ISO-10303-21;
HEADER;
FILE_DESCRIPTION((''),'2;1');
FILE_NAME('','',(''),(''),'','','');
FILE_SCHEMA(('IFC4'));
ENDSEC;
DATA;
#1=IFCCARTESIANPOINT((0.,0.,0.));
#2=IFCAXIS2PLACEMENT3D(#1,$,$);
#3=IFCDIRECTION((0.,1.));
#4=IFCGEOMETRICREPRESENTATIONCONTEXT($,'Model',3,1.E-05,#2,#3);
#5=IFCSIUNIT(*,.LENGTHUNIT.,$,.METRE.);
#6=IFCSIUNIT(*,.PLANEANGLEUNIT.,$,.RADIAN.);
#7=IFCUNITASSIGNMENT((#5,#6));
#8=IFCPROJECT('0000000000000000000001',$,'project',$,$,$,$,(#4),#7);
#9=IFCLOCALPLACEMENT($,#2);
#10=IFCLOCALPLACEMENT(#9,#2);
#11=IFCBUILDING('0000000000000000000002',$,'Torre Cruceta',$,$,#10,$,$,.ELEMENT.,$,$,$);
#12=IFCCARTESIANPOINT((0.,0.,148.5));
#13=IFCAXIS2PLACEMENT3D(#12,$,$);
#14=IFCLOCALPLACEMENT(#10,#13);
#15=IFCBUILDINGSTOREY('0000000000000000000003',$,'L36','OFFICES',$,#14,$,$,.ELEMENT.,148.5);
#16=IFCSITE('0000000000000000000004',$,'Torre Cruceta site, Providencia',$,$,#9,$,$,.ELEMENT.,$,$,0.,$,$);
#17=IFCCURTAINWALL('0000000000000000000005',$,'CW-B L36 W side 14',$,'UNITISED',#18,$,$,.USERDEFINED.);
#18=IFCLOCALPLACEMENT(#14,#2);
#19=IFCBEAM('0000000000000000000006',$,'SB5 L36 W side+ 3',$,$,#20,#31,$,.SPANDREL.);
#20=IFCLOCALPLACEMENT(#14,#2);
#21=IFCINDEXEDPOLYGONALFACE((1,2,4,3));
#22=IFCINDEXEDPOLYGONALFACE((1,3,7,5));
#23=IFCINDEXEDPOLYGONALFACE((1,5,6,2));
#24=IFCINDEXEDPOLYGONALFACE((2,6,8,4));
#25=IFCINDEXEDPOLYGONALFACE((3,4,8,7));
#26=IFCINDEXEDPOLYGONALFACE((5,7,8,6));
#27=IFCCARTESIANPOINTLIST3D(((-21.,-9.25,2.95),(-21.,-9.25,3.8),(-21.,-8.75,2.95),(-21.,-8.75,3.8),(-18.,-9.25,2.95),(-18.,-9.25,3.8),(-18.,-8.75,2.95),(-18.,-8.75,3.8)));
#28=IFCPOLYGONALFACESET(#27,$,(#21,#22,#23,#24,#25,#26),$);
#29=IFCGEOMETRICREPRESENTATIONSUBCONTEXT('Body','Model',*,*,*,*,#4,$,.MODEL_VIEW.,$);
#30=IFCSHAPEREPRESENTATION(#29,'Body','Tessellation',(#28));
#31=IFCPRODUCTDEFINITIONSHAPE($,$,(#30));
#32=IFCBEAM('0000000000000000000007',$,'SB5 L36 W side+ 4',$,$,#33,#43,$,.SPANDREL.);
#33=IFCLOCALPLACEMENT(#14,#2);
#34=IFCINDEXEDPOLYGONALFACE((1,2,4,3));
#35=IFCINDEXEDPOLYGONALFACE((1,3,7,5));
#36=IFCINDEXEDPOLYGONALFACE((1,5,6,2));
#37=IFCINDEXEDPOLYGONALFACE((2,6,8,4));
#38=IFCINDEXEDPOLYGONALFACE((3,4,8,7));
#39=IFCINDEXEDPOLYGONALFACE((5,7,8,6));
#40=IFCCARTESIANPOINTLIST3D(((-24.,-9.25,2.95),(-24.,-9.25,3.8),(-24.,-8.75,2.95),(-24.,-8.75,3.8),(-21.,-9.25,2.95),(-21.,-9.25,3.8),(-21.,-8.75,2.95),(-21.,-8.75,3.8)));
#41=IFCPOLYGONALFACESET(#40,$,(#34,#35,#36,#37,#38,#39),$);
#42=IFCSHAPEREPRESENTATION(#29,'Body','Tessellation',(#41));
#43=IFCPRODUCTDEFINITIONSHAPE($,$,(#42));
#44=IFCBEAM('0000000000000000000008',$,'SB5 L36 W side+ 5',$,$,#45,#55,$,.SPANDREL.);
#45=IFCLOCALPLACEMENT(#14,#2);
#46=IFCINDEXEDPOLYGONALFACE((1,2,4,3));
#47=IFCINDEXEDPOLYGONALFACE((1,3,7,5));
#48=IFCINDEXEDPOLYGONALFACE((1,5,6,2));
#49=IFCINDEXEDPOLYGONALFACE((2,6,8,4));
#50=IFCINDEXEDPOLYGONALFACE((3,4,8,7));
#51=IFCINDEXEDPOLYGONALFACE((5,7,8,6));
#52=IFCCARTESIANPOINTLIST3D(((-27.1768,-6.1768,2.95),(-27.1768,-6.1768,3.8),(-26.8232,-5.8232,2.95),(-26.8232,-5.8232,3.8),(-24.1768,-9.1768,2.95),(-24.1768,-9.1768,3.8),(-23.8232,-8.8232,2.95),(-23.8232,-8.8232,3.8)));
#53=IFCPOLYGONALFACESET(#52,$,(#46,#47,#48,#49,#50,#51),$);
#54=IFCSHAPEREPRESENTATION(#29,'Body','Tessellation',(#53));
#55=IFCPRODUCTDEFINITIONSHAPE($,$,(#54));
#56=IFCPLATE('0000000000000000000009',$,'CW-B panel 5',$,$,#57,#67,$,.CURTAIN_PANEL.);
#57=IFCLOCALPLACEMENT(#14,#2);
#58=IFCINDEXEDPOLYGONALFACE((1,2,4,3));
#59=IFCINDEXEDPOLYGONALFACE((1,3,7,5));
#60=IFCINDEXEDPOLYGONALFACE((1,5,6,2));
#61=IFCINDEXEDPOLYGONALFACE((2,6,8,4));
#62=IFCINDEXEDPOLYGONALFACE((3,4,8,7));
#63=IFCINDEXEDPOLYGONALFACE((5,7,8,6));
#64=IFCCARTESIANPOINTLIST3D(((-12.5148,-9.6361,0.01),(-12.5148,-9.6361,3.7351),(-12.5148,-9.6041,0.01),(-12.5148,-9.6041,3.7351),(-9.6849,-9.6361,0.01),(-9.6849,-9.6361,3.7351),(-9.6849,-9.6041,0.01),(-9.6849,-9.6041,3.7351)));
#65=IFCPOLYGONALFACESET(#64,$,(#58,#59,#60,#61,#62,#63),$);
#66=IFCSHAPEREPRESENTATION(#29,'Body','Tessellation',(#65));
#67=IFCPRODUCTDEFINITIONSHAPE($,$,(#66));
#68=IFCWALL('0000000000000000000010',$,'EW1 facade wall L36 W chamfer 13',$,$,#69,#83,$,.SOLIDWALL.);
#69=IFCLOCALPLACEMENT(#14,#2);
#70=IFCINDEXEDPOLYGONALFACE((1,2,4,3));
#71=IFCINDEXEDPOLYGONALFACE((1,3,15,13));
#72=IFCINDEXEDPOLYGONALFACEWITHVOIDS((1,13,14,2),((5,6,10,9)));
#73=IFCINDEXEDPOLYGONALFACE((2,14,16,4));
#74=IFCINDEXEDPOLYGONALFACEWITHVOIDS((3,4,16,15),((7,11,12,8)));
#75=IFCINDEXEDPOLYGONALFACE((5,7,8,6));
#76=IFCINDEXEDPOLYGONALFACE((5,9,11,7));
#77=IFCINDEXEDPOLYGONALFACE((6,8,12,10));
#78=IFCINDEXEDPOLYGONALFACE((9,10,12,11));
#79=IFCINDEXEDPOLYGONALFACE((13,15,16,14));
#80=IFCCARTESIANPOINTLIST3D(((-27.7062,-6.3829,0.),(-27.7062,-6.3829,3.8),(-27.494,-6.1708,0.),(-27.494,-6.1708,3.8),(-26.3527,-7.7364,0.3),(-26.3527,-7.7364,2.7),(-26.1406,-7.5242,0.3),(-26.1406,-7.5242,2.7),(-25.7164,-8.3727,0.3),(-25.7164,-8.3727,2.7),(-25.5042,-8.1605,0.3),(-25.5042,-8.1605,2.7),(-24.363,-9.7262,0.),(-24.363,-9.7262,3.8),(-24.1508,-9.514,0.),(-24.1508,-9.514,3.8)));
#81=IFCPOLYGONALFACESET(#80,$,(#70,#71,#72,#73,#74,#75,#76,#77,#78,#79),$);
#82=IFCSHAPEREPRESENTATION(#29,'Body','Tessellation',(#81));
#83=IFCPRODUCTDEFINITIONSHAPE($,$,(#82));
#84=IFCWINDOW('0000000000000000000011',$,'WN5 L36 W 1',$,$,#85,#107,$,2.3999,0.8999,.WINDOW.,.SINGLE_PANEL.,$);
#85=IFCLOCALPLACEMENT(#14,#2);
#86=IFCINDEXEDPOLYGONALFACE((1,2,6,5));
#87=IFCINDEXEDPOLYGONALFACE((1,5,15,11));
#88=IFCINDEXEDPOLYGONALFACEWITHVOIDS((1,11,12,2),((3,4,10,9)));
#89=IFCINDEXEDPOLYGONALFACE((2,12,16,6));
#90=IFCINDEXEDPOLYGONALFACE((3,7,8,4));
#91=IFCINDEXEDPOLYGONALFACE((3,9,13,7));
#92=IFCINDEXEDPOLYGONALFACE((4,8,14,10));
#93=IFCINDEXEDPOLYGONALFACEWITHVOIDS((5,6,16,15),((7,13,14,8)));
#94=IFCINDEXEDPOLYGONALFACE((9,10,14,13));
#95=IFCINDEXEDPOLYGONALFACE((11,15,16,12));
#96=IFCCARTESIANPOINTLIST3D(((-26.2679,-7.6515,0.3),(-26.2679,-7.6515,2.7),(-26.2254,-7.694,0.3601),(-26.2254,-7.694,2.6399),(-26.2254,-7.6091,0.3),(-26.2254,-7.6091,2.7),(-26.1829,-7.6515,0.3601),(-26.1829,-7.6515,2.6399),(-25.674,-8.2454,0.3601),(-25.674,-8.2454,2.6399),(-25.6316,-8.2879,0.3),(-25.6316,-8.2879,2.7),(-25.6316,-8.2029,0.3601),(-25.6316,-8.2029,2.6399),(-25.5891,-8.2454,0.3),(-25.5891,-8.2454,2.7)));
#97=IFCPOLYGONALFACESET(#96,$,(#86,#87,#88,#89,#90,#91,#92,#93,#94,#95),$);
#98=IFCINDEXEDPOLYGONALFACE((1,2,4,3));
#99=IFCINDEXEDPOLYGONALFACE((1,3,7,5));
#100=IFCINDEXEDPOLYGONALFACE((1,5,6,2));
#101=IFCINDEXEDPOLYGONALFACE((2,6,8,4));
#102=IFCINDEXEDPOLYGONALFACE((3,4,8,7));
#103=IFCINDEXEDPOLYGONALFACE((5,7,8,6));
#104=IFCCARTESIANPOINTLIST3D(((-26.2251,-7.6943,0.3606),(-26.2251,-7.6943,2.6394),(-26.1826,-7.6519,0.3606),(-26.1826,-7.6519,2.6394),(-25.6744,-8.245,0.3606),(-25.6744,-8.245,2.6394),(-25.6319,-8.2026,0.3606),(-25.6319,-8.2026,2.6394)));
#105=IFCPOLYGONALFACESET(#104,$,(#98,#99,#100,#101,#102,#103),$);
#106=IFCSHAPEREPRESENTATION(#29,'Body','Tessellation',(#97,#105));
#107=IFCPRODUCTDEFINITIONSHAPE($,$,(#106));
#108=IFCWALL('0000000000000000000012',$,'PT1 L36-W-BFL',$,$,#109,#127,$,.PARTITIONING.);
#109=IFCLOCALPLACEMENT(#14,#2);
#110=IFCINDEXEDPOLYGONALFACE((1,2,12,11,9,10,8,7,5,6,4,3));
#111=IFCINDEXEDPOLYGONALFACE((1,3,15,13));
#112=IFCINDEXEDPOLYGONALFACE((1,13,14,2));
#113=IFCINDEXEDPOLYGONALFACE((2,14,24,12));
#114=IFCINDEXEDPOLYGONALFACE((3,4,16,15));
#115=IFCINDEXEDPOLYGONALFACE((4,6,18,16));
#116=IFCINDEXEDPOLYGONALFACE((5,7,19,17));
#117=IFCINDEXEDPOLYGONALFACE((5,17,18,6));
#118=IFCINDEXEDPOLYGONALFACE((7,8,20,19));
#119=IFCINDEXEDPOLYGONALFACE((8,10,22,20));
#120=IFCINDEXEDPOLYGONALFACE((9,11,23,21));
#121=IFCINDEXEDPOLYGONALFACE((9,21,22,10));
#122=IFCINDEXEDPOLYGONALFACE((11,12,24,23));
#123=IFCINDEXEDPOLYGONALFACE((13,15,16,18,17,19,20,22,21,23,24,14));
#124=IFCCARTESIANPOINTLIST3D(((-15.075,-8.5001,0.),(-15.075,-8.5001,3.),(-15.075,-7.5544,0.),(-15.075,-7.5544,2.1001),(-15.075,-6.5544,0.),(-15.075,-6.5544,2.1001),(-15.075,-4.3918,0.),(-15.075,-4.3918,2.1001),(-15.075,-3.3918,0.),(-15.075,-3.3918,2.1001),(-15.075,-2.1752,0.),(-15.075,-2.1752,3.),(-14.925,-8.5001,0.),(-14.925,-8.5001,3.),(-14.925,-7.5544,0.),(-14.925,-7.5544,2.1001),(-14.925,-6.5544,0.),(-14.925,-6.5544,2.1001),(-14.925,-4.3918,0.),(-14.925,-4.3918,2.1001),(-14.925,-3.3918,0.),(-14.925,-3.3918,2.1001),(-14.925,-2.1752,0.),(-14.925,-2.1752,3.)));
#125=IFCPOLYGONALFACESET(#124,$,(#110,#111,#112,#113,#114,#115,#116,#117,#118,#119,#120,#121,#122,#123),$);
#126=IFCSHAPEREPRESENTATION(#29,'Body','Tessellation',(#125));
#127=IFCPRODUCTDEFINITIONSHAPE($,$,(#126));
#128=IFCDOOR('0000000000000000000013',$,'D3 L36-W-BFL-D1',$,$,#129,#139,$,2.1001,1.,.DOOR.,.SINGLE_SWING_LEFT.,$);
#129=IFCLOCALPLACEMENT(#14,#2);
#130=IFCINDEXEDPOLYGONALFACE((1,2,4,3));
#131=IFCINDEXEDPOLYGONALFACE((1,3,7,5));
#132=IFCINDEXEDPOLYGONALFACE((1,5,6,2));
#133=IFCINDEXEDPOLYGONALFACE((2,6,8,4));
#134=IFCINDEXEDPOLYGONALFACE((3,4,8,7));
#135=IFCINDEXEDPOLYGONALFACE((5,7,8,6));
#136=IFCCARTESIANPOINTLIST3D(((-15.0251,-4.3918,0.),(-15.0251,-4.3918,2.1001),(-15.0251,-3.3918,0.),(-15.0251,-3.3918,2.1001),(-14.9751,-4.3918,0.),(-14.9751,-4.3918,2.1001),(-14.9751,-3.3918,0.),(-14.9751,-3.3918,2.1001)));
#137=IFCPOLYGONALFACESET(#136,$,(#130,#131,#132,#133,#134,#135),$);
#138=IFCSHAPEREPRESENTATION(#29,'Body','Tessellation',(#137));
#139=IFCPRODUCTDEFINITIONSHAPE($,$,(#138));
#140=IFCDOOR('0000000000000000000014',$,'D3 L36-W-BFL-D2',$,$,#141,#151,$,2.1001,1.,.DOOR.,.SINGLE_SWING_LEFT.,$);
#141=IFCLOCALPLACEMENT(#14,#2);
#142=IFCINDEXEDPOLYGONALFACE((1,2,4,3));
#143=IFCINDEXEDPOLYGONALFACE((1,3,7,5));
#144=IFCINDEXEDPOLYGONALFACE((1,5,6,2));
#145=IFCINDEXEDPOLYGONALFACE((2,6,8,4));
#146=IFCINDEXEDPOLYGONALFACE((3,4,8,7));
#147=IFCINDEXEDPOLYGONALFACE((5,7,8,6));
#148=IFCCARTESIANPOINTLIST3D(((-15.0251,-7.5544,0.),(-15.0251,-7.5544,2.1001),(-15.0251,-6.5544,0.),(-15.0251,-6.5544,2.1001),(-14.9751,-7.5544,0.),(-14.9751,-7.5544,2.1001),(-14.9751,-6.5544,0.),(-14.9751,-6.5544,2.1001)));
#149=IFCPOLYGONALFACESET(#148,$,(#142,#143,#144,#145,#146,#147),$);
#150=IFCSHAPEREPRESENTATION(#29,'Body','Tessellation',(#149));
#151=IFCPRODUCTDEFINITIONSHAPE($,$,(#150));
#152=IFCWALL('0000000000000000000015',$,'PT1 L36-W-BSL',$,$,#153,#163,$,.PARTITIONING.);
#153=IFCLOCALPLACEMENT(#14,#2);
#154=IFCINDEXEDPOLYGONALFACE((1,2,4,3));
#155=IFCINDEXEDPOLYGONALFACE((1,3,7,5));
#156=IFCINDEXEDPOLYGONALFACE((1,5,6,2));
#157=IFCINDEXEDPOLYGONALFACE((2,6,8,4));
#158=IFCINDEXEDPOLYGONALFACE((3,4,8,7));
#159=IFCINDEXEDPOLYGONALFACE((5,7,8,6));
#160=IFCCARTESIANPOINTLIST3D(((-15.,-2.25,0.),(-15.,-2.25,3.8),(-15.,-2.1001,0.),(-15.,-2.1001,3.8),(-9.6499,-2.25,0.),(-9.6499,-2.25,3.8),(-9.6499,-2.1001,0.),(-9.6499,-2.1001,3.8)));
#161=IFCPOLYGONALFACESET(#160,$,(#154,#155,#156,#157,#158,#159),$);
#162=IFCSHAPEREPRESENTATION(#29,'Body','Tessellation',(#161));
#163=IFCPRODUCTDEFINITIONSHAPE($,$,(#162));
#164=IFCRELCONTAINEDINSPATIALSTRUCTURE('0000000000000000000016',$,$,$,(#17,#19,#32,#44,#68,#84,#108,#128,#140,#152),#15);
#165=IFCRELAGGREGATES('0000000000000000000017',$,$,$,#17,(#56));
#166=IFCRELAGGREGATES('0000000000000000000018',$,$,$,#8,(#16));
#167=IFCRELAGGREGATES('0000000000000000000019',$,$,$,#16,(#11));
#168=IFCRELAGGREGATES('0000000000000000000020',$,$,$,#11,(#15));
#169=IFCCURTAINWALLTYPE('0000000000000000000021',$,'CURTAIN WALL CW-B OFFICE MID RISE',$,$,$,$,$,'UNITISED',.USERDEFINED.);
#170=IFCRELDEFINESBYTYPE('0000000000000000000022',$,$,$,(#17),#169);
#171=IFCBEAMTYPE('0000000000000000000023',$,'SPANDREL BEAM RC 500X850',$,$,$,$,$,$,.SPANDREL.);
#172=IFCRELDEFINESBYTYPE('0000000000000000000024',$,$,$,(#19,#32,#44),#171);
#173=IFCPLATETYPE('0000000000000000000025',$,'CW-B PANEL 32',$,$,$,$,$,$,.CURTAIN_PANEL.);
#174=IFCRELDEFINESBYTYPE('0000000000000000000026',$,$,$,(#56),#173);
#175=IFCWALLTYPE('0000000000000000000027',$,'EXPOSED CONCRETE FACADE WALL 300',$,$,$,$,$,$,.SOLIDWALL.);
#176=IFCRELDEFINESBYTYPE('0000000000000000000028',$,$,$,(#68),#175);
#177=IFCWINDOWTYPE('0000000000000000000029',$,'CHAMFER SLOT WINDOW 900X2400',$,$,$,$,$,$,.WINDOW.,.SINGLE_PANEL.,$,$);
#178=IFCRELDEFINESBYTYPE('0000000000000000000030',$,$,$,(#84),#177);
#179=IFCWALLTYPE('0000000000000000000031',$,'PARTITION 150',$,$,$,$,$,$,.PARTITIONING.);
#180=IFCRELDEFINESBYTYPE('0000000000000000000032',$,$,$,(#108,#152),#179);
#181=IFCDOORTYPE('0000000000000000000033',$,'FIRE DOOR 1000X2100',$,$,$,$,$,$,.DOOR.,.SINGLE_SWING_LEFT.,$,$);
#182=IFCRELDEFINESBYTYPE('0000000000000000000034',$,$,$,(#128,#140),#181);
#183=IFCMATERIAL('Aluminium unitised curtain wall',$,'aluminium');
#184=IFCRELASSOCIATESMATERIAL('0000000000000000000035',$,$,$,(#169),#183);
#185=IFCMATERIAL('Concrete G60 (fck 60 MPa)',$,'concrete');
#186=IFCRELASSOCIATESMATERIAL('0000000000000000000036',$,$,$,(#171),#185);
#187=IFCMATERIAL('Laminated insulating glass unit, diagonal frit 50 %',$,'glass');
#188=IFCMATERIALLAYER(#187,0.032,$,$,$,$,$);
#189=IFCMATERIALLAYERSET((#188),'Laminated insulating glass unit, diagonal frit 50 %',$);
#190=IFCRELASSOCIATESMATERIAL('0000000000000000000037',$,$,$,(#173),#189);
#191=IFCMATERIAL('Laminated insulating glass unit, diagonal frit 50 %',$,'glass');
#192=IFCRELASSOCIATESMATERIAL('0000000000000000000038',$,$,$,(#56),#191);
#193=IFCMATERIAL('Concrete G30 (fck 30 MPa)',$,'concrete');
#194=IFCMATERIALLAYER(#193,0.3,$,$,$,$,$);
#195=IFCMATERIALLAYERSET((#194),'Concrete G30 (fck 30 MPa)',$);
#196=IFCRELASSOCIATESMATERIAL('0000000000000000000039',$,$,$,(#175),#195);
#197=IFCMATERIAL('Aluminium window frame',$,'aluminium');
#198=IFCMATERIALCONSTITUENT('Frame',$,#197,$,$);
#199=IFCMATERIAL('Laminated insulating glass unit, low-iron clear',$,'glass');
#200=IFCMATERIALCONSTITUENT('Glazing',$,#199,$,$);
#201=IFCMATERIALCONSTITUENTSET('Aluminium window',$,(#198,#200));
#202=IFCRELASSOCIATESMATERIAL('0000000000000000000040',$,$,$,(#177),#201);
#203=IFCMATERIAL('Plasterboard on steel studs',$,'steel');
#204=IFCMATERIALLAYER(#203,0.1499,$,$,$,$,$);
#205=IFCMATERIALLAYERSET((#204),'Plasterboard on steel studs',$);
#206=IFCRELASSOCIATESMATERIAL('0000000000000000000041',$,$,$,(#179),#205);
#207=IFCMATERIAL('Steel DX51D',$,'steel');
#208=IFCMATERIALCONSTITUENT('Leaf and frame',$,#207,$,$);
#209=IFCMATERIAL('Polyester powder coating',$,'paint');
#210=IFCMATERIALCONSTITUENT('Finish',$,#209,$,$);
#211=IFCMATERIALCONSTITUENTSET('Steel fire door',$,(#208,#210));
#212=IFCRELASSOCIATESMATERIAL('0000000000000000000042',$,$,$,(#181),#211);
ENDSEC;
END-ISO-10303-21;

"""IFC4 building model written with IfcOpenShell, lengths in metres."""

from ifc_helpers import new_model, si_unit, direction, frame, frame_2d, origin, origin_2d, place, context, subcontext, project, spatial, rectangle, hollow_rectangle, extrude, material, layer, layer_set, constituent, constituent_set, material_profile, profile_set, type_object, element, fill, aggregate, save


model = new_model("IFC4")

# Units and contexts
model_context = context("Model", 3, precision=1e-05, world=origin(), true_north=direction((0.0, 1.0)))
body_context = subcontext(model_context, "Body", "Model", "MODEL_VIEW")
ifc_project = project(units=[si_unit("LENGTHUNIT", "METRE"), si_unit("PLANEANGLEUNIT", "RADIAN")], contexts=[model_context])

# Site, building, storey
site_placement = place(None, origin())
site = spatial("IfcSite", under=ifc_project, at=site_placement, Name="Torre Cruceta site, Providencia", CompositionType="ELEMENT", RefElevation=0.0)
building_placement = place(site_placement, origin())
building = spatial("IfcBuilding", under=site, at=building_placement, Name="Torre Cruceta", CompositionType="ELEMENT")
storey_placement = place(building_placement, frame((0.0, 0.0, 148.5)))
storey = spatial("IfcBuildingStorey", under=building, at=storey_placement, Name="L36", Description="OFFICES", CompositionType="ELEMENT", Elevation=148.5)

# Curtain wall
ifc_material_1 = material(Name="Aluminium unitised curtain wall", Category="aluminium")
curtain_wall_type = type_object("IfcCurtainWallType", Name="CURTAIN WALL CW-B OFFICE MID RISE", ElementType="UNITISED", PredefinedType="USERDEFINED", material=ifc_material_1)
curtain_wall_placement = place(storey_placement, origin())
curtain_wall = element("IfcCurtainWall", 1, at=curtain_wall_placement, inside=storey, type_object=curtain_wall_type, Name="CW-B L36 W side 14", ObjectType="UNITISED", PredefinedType="USERDEFINED")

# Beams
ifc_material_2 = material(Name="Concrete G60 (fck 60 MPa)", Category="concrete")
ifc_material_profile_1 = material_profile(ifc_material_2, rectangle(XDim=0.5, YDim=0.8501, at=origin_2d()), Name="RC 500X850")
ifc_profile_set_1 = profile_set([ifc_material_profile_1], Name="Concrete G60 (fck 60 MPa)")
beam_type_1 = type_object("IfcBeamType", Name="SPANDREL BEAM RC 500X850", PredefinedType="SPANDREL", material=ifc_profile_set_1)
for number, where, z_axis, x_axis, name in (
    (2, (-18.0, -9.0, 3.375), (-1.0, 0.0, 0.0), (0.0, -1.0, 0.0), "SB5 L36 W side+ 3"),
    (3, (-21.0, -9.0, 3.375), (-1.0, 0.0, 0.0), (0.0, -1.0, 0.0), "SB5 L36 W side+ 4"),
):
    element("IfcBeam", number, at=place(storey_placement, frame(where, z_axis=z_axis, x_axis=x_axis)), inside=storey, type_object=beam_type_1, Name=name, PredefinedType="SPANDREL", context=body_context, shape_type="SweptSolid", body=[
        extrude(rectangle(XDim=0.5, YDim=0.8501, at=origin_2d()), origin(), (0.0, 0.0, 1.0), 3.0),
    ])
beam_1_placement = place(storey_placement, frame((-24.0, -9.0, 3.375), z_axis=(-0.707107, 0.707107, 0.0), x_axis=(-0.707107, -0.707107, 0.0)))
element("IfcBeam", 4, at=beam_1_placement, inside=storey, type_object=beam_type_1, Name="SB5 L36 W side+ 5", PredefinedType="SPANDREL", context=body_context, shape_type="SweptSolid", body=[
    extrude(rectangle(XDim=0.5, YDim=0.8501, at=origin_2d()), origin(), (0.0, 0.0, 1.0), 4.2427),
])

# Plate
ifc_material_3 = material(Name="Laminated insulating glass unit, diagonal frit 50 %", Category="glass")
ifc_material_4 = material(Name="Laminated insulating glass unit, diagonal frit 50 %", Category="glass")
ifc_layer_1 = layer(ifc_material_4, 0.032)
ifc_layer_set_1 = layer_set([ifc_layer_1], Name="Laminated insulating glass unit, diagonal frit 50 %")
plate_type = type_object("IfcPlateType", Name="CW-B PANEL 32", PredefinedType="CURTAIN_PANEL", material=ifc_layer_set_1)
plate_placement = place(storey_placement, frame((-11.0999, -9.6201, 0.01), z_axis=(0.0, 0.0, 1.0), x_axis=(1.0, 0.0, 0.0)))
plate = element("IfcPlate", 5, at=plate_placement, type_object=plate_type, material=ifc_material_3, Name="CW-B panel 5", PredefinedType="CURTAIN_PANEL", context=body_context, shape_type="SweptSolid", body=[
    extrude(rectangle(XDim=2.8298, YDim=0.032, at=origin_2d()), origin(), (0.0, 0.0, 1.0), 3.7251),
])
aggregate(curtain_wall, [plate])

# Wall, opening, window
ifc_material_5 = material(Name="Concrete G30 (fck 30 MPa)", Category="concrete")
ifc_layer_2 = layer(ifc_material_5, 0.3)
ifc_layer_set_2 = layer_set([ifc_layer_2], Name="Concrete G30 (fck 30 MPa)")
wall_type_1 = type_object("IfcWallType", Name="EXPOSED CONCRETE FACADE WALL 300", PredefinedType="SOLIDWALL", material=ifc_layer_set_2)
wall_1_placement = place(storey_placement, frame((-27.6001, -6.2769, 0.0), z_axis=(0.0, 0.0, 1.0), x_axis=(0.707107, -0.707107, 0.0)))
wall_1 = element("IfcWall", 6, at=wall_1_placement, inside=storey, type_object=wall_type_1, Name="EW1 facade wall L36 W chamfer 13", PredefinedType="SOLIDWALL", context=body_context, shape_type="SweptSolid", body=[
    extrude(rectangle(XDim=4.728, YDim=0.3, at=frame_2d((2.364, 0.0))), origin(), (0.0, 0.0, 1.0), 3.8),
])
opening_1_placement = place(wall_1_placement, frame((1.9141, 0.0, 0.3)))
opening_1 = element("IfcOpeningElement", 7, at=opening_1_placement, cuts=wall_1, PredefinedType="OPENING", context=body_context, shape_type="SweptSolid", body=[
    extrude(rectangle(XDim=0.8999, YDim=2.3999, at=frame_2d((0.45, 1.2))), frame((0.0, 0.1599, 0.0), z_axis=(0.0, -1.0, 0.0), x_axis=(1.0, 0.0, 0.0)), (0.0, 0.0, 1.0), 0.3201),
])
ifc_material_6 = material(Name="Aluminium window frame", Category="aluminium")
ifc_constituent_1 = constituent(ifc_material_6, Name="Frame")
ifc_material_7 = material(Name="Laminated insulating glass unit, low-iron clear", Category="glass")
ifc_constituent_2 = constituent(ifc_material_7, Name="Glazing")
ifc_constituent_set_1 = constituent_set(constituents=[ifc_constituent_1, ifc_constituent_2], Name="Aluminium window")
window_type = type_object("IfcWindowType", Name="CHAMFER SLOT WINDOW 900X2400", PartitioningType="SINGLE_PANEL", PredefinedType="WINDOW", material=ifc_constituent_set_1)
window_placement = place(opening_1_placement, origin())
window = element("IfcWindow", 8, at=window_placement, inside=storey, type_object=window_type, Name="WN5 L36 W 1", OverallHeight=2.3999, OverallWidth=0.8999, PartitioningType="SINGLE_PANEL", PredefinedType="WINDOW", context=body_context, shape_type="SweptSolid", body=[
    extrude(hollow_rectangle(XDim=0.8999, YDim=2.3999, WallThickness=0.0601, at=frame_2d((0.45, 1.2))), frame((0.0, 0.03, 0.0), z_axis=(0.0, -1.0, 0.0), x_axis=(1.0, 0.0, 0.0)), (0.0, 0.0, 1.0), 0.0601),
    extrude(rectangle(XDim=0.7788, YDim=2.2788, at=frame_2d((0.45, 1.2))), frame((0.0, 0.03, 0.0), z_axis=(0.0, -1.0, 0.0), x_axis=(1.0, 0.0, 0.0)), (0.0, 0.0, 1.0), 0.0601),
])
fill(opening_1, window)

# Wall, openings, doors
ifc_material_8 = material(Name="Plasterboard on steel studs", Category="steel")
ifc_layer_3 = layer(ifc_material_8, 0.1499)
ifc_layer_set_3 = layer_set([ifc_layer_3], Name="Plasterboard on steel studs")
wall_type_2 = type_object("IfcWallType", Name="PARTITION 150", PredefinedType="PARTITIONING", material=ifc_layer_set_3)
wall_2_placement = place(storey_placement, frame((-15.0, -2.175, 0.0), z_axis=(0.0, 0.0, 1.0), x_axis=(0.0, -1.0, 0.0)))
wall_2 = element("IfcWall", 9, at=wall_2_placement, inside=storey, type_object=wall_type_2, Name="PT1 L36-W-BFL", PredefinedType="PARTITIONING", context=body_context, shape_type="SweptSolid", body=[
    extrude(rectangle(XDim=6.325, YDim=0.1499, at=frame_2d((3.1626, 0.0))), origin(), (0.0, 0.0, 1.0), 3.0),
])
opening_2_placement = place(wall_2_placement, frame((1.2168, 0.0, 0.0)))
opening_2 = element("IfcOpeningElement", 10, at=opening_2_placement, cuts=wall_2, PredefinedType="OPENING", context=body_context, shape_type="SweptSolid", body=[
    extrude(rectangle(XDim=1.0, YDim=2.1001, at=frame_2d((0.5, 1.05))), frame((0.0, 0.085, 0.0), z_axis=(0.0, -1.0, 0.0), x_axis=(1.0, 0.0, 0.0)), (0.0, 0.0, 1.0), 0.1699),
])
opening_3_placement = place(wall_2_placement, frame((4.3794, 0.0, 0.0)))
opening_3 = element("IfcOpeningElement", 11, at=opening_3_placement, cuts=wall_2, PredefinedType="OPENING", context=body_context, shape_type="SweptSolid", body=[
    extrude(rectangle(XDim=1.0, YDim=2.1001, at=frame_2d((0.5, 1.05))), frame((0.0, 0.085, 0.0), z_axis=(0.0, -1.0, 0.0), x_axis=(1.0, 0.0, 0.0)), (0.0, 0.0, 1.0), 0.1699),
])
ifc_material_9 = material(Name="Steel DX51D", Category="steel")
ifc_constituent_3 = constituent(ifc_material_9, Name="Leaf and frame")
ifc_material_10 = material(Name="Polyester powder coating", Category="paint")
ifc_constituent_4 = constituent(ifc_material_10, Name="Finish")
ifc_constituent_set_2 = constituent_set(constituents=[ifc_constituent_3, ifc_constituent_4], Name="Steel fire door")
door_type = type_object("IfcDoorType", Name="FIRE DOOR 1000X2100", OperationType="SINGLE_SWING_LEFT", PredefinedType="DOOR", material=ifc_constituent_set_2)
door_1_placement = place(opening_2_placement, origin())
door_1 = element("IfcDoor", 12, at=door_1_placement, inside=storey, type_object=door_type, Name="D3 L36-W-BFL-D1", OperationType="SINGLE_SWING_LEFT", OverallHeight=2.1001, OverallWidth=1.0, PredefinedType="DOOR", context=body_context, shape_type="SweptSolid", body=[
    extrude(rectangle(XDim=1.0, YDim=2.1001, at=frame_2d((0.5, 1.05))), frame((0.0, 0.0249, 0.0), z_axis=(0.0, -1.0, 0.0), x_axis=(1.0, 0.0, 0.0)), (0.0, 0.0, 1.0), 0.05),
])
fill(opening_2, door_1)
door_2_placement = place(opening_3_placement, origin())
door_2 = element("IfcDoor", 13, at=door_2_placement, inside=storey, type_object=door_type, Name="D3 L36-W-BFL-D2", OperationType="SINGLE_SWING_LEFT", OverallHeight=2.1001, OverallWidth=1.0, PredefinedType="DOOR", context=body_context, shape_type="SweptSolid", body=[
    extrude(rectangle(XDim=1.0, YDim=2.1001, at=frame_2d((0.5, 1.05))), frame((0.0, 0.0249, 0.0), z_axis=(0.0, -1.0, 0.0), x_axis=(1.0, 0.0, 0.0)), (0.0, 0.0, 1.0), 0.05),
])
fill(opening_3, door_2)

# Wall
wall_3_placement = place(storey_placement, frame((-9.6499, -2.175, 0.0), z_axis=(0.0, 0.0, 1.0), x_axis=(-1.0, 0.0, 0.0)))
element("IfcWall", 14, at=wall_3_placement, inside=storey, type_object=wall_type_2, Name="PT1 L36-W-BSL", PredefinedType="PARTITIONING", context=body_context, shape_type="SweptSolid", body=[
    extrude(rectangle(XDim=5.3501, YDim=0.1499, at=frame_2d((2.675, 0.0))), origin(), (0.0, 0.0, 1.0), 3.8),
])

save(model, "model.ifc")
